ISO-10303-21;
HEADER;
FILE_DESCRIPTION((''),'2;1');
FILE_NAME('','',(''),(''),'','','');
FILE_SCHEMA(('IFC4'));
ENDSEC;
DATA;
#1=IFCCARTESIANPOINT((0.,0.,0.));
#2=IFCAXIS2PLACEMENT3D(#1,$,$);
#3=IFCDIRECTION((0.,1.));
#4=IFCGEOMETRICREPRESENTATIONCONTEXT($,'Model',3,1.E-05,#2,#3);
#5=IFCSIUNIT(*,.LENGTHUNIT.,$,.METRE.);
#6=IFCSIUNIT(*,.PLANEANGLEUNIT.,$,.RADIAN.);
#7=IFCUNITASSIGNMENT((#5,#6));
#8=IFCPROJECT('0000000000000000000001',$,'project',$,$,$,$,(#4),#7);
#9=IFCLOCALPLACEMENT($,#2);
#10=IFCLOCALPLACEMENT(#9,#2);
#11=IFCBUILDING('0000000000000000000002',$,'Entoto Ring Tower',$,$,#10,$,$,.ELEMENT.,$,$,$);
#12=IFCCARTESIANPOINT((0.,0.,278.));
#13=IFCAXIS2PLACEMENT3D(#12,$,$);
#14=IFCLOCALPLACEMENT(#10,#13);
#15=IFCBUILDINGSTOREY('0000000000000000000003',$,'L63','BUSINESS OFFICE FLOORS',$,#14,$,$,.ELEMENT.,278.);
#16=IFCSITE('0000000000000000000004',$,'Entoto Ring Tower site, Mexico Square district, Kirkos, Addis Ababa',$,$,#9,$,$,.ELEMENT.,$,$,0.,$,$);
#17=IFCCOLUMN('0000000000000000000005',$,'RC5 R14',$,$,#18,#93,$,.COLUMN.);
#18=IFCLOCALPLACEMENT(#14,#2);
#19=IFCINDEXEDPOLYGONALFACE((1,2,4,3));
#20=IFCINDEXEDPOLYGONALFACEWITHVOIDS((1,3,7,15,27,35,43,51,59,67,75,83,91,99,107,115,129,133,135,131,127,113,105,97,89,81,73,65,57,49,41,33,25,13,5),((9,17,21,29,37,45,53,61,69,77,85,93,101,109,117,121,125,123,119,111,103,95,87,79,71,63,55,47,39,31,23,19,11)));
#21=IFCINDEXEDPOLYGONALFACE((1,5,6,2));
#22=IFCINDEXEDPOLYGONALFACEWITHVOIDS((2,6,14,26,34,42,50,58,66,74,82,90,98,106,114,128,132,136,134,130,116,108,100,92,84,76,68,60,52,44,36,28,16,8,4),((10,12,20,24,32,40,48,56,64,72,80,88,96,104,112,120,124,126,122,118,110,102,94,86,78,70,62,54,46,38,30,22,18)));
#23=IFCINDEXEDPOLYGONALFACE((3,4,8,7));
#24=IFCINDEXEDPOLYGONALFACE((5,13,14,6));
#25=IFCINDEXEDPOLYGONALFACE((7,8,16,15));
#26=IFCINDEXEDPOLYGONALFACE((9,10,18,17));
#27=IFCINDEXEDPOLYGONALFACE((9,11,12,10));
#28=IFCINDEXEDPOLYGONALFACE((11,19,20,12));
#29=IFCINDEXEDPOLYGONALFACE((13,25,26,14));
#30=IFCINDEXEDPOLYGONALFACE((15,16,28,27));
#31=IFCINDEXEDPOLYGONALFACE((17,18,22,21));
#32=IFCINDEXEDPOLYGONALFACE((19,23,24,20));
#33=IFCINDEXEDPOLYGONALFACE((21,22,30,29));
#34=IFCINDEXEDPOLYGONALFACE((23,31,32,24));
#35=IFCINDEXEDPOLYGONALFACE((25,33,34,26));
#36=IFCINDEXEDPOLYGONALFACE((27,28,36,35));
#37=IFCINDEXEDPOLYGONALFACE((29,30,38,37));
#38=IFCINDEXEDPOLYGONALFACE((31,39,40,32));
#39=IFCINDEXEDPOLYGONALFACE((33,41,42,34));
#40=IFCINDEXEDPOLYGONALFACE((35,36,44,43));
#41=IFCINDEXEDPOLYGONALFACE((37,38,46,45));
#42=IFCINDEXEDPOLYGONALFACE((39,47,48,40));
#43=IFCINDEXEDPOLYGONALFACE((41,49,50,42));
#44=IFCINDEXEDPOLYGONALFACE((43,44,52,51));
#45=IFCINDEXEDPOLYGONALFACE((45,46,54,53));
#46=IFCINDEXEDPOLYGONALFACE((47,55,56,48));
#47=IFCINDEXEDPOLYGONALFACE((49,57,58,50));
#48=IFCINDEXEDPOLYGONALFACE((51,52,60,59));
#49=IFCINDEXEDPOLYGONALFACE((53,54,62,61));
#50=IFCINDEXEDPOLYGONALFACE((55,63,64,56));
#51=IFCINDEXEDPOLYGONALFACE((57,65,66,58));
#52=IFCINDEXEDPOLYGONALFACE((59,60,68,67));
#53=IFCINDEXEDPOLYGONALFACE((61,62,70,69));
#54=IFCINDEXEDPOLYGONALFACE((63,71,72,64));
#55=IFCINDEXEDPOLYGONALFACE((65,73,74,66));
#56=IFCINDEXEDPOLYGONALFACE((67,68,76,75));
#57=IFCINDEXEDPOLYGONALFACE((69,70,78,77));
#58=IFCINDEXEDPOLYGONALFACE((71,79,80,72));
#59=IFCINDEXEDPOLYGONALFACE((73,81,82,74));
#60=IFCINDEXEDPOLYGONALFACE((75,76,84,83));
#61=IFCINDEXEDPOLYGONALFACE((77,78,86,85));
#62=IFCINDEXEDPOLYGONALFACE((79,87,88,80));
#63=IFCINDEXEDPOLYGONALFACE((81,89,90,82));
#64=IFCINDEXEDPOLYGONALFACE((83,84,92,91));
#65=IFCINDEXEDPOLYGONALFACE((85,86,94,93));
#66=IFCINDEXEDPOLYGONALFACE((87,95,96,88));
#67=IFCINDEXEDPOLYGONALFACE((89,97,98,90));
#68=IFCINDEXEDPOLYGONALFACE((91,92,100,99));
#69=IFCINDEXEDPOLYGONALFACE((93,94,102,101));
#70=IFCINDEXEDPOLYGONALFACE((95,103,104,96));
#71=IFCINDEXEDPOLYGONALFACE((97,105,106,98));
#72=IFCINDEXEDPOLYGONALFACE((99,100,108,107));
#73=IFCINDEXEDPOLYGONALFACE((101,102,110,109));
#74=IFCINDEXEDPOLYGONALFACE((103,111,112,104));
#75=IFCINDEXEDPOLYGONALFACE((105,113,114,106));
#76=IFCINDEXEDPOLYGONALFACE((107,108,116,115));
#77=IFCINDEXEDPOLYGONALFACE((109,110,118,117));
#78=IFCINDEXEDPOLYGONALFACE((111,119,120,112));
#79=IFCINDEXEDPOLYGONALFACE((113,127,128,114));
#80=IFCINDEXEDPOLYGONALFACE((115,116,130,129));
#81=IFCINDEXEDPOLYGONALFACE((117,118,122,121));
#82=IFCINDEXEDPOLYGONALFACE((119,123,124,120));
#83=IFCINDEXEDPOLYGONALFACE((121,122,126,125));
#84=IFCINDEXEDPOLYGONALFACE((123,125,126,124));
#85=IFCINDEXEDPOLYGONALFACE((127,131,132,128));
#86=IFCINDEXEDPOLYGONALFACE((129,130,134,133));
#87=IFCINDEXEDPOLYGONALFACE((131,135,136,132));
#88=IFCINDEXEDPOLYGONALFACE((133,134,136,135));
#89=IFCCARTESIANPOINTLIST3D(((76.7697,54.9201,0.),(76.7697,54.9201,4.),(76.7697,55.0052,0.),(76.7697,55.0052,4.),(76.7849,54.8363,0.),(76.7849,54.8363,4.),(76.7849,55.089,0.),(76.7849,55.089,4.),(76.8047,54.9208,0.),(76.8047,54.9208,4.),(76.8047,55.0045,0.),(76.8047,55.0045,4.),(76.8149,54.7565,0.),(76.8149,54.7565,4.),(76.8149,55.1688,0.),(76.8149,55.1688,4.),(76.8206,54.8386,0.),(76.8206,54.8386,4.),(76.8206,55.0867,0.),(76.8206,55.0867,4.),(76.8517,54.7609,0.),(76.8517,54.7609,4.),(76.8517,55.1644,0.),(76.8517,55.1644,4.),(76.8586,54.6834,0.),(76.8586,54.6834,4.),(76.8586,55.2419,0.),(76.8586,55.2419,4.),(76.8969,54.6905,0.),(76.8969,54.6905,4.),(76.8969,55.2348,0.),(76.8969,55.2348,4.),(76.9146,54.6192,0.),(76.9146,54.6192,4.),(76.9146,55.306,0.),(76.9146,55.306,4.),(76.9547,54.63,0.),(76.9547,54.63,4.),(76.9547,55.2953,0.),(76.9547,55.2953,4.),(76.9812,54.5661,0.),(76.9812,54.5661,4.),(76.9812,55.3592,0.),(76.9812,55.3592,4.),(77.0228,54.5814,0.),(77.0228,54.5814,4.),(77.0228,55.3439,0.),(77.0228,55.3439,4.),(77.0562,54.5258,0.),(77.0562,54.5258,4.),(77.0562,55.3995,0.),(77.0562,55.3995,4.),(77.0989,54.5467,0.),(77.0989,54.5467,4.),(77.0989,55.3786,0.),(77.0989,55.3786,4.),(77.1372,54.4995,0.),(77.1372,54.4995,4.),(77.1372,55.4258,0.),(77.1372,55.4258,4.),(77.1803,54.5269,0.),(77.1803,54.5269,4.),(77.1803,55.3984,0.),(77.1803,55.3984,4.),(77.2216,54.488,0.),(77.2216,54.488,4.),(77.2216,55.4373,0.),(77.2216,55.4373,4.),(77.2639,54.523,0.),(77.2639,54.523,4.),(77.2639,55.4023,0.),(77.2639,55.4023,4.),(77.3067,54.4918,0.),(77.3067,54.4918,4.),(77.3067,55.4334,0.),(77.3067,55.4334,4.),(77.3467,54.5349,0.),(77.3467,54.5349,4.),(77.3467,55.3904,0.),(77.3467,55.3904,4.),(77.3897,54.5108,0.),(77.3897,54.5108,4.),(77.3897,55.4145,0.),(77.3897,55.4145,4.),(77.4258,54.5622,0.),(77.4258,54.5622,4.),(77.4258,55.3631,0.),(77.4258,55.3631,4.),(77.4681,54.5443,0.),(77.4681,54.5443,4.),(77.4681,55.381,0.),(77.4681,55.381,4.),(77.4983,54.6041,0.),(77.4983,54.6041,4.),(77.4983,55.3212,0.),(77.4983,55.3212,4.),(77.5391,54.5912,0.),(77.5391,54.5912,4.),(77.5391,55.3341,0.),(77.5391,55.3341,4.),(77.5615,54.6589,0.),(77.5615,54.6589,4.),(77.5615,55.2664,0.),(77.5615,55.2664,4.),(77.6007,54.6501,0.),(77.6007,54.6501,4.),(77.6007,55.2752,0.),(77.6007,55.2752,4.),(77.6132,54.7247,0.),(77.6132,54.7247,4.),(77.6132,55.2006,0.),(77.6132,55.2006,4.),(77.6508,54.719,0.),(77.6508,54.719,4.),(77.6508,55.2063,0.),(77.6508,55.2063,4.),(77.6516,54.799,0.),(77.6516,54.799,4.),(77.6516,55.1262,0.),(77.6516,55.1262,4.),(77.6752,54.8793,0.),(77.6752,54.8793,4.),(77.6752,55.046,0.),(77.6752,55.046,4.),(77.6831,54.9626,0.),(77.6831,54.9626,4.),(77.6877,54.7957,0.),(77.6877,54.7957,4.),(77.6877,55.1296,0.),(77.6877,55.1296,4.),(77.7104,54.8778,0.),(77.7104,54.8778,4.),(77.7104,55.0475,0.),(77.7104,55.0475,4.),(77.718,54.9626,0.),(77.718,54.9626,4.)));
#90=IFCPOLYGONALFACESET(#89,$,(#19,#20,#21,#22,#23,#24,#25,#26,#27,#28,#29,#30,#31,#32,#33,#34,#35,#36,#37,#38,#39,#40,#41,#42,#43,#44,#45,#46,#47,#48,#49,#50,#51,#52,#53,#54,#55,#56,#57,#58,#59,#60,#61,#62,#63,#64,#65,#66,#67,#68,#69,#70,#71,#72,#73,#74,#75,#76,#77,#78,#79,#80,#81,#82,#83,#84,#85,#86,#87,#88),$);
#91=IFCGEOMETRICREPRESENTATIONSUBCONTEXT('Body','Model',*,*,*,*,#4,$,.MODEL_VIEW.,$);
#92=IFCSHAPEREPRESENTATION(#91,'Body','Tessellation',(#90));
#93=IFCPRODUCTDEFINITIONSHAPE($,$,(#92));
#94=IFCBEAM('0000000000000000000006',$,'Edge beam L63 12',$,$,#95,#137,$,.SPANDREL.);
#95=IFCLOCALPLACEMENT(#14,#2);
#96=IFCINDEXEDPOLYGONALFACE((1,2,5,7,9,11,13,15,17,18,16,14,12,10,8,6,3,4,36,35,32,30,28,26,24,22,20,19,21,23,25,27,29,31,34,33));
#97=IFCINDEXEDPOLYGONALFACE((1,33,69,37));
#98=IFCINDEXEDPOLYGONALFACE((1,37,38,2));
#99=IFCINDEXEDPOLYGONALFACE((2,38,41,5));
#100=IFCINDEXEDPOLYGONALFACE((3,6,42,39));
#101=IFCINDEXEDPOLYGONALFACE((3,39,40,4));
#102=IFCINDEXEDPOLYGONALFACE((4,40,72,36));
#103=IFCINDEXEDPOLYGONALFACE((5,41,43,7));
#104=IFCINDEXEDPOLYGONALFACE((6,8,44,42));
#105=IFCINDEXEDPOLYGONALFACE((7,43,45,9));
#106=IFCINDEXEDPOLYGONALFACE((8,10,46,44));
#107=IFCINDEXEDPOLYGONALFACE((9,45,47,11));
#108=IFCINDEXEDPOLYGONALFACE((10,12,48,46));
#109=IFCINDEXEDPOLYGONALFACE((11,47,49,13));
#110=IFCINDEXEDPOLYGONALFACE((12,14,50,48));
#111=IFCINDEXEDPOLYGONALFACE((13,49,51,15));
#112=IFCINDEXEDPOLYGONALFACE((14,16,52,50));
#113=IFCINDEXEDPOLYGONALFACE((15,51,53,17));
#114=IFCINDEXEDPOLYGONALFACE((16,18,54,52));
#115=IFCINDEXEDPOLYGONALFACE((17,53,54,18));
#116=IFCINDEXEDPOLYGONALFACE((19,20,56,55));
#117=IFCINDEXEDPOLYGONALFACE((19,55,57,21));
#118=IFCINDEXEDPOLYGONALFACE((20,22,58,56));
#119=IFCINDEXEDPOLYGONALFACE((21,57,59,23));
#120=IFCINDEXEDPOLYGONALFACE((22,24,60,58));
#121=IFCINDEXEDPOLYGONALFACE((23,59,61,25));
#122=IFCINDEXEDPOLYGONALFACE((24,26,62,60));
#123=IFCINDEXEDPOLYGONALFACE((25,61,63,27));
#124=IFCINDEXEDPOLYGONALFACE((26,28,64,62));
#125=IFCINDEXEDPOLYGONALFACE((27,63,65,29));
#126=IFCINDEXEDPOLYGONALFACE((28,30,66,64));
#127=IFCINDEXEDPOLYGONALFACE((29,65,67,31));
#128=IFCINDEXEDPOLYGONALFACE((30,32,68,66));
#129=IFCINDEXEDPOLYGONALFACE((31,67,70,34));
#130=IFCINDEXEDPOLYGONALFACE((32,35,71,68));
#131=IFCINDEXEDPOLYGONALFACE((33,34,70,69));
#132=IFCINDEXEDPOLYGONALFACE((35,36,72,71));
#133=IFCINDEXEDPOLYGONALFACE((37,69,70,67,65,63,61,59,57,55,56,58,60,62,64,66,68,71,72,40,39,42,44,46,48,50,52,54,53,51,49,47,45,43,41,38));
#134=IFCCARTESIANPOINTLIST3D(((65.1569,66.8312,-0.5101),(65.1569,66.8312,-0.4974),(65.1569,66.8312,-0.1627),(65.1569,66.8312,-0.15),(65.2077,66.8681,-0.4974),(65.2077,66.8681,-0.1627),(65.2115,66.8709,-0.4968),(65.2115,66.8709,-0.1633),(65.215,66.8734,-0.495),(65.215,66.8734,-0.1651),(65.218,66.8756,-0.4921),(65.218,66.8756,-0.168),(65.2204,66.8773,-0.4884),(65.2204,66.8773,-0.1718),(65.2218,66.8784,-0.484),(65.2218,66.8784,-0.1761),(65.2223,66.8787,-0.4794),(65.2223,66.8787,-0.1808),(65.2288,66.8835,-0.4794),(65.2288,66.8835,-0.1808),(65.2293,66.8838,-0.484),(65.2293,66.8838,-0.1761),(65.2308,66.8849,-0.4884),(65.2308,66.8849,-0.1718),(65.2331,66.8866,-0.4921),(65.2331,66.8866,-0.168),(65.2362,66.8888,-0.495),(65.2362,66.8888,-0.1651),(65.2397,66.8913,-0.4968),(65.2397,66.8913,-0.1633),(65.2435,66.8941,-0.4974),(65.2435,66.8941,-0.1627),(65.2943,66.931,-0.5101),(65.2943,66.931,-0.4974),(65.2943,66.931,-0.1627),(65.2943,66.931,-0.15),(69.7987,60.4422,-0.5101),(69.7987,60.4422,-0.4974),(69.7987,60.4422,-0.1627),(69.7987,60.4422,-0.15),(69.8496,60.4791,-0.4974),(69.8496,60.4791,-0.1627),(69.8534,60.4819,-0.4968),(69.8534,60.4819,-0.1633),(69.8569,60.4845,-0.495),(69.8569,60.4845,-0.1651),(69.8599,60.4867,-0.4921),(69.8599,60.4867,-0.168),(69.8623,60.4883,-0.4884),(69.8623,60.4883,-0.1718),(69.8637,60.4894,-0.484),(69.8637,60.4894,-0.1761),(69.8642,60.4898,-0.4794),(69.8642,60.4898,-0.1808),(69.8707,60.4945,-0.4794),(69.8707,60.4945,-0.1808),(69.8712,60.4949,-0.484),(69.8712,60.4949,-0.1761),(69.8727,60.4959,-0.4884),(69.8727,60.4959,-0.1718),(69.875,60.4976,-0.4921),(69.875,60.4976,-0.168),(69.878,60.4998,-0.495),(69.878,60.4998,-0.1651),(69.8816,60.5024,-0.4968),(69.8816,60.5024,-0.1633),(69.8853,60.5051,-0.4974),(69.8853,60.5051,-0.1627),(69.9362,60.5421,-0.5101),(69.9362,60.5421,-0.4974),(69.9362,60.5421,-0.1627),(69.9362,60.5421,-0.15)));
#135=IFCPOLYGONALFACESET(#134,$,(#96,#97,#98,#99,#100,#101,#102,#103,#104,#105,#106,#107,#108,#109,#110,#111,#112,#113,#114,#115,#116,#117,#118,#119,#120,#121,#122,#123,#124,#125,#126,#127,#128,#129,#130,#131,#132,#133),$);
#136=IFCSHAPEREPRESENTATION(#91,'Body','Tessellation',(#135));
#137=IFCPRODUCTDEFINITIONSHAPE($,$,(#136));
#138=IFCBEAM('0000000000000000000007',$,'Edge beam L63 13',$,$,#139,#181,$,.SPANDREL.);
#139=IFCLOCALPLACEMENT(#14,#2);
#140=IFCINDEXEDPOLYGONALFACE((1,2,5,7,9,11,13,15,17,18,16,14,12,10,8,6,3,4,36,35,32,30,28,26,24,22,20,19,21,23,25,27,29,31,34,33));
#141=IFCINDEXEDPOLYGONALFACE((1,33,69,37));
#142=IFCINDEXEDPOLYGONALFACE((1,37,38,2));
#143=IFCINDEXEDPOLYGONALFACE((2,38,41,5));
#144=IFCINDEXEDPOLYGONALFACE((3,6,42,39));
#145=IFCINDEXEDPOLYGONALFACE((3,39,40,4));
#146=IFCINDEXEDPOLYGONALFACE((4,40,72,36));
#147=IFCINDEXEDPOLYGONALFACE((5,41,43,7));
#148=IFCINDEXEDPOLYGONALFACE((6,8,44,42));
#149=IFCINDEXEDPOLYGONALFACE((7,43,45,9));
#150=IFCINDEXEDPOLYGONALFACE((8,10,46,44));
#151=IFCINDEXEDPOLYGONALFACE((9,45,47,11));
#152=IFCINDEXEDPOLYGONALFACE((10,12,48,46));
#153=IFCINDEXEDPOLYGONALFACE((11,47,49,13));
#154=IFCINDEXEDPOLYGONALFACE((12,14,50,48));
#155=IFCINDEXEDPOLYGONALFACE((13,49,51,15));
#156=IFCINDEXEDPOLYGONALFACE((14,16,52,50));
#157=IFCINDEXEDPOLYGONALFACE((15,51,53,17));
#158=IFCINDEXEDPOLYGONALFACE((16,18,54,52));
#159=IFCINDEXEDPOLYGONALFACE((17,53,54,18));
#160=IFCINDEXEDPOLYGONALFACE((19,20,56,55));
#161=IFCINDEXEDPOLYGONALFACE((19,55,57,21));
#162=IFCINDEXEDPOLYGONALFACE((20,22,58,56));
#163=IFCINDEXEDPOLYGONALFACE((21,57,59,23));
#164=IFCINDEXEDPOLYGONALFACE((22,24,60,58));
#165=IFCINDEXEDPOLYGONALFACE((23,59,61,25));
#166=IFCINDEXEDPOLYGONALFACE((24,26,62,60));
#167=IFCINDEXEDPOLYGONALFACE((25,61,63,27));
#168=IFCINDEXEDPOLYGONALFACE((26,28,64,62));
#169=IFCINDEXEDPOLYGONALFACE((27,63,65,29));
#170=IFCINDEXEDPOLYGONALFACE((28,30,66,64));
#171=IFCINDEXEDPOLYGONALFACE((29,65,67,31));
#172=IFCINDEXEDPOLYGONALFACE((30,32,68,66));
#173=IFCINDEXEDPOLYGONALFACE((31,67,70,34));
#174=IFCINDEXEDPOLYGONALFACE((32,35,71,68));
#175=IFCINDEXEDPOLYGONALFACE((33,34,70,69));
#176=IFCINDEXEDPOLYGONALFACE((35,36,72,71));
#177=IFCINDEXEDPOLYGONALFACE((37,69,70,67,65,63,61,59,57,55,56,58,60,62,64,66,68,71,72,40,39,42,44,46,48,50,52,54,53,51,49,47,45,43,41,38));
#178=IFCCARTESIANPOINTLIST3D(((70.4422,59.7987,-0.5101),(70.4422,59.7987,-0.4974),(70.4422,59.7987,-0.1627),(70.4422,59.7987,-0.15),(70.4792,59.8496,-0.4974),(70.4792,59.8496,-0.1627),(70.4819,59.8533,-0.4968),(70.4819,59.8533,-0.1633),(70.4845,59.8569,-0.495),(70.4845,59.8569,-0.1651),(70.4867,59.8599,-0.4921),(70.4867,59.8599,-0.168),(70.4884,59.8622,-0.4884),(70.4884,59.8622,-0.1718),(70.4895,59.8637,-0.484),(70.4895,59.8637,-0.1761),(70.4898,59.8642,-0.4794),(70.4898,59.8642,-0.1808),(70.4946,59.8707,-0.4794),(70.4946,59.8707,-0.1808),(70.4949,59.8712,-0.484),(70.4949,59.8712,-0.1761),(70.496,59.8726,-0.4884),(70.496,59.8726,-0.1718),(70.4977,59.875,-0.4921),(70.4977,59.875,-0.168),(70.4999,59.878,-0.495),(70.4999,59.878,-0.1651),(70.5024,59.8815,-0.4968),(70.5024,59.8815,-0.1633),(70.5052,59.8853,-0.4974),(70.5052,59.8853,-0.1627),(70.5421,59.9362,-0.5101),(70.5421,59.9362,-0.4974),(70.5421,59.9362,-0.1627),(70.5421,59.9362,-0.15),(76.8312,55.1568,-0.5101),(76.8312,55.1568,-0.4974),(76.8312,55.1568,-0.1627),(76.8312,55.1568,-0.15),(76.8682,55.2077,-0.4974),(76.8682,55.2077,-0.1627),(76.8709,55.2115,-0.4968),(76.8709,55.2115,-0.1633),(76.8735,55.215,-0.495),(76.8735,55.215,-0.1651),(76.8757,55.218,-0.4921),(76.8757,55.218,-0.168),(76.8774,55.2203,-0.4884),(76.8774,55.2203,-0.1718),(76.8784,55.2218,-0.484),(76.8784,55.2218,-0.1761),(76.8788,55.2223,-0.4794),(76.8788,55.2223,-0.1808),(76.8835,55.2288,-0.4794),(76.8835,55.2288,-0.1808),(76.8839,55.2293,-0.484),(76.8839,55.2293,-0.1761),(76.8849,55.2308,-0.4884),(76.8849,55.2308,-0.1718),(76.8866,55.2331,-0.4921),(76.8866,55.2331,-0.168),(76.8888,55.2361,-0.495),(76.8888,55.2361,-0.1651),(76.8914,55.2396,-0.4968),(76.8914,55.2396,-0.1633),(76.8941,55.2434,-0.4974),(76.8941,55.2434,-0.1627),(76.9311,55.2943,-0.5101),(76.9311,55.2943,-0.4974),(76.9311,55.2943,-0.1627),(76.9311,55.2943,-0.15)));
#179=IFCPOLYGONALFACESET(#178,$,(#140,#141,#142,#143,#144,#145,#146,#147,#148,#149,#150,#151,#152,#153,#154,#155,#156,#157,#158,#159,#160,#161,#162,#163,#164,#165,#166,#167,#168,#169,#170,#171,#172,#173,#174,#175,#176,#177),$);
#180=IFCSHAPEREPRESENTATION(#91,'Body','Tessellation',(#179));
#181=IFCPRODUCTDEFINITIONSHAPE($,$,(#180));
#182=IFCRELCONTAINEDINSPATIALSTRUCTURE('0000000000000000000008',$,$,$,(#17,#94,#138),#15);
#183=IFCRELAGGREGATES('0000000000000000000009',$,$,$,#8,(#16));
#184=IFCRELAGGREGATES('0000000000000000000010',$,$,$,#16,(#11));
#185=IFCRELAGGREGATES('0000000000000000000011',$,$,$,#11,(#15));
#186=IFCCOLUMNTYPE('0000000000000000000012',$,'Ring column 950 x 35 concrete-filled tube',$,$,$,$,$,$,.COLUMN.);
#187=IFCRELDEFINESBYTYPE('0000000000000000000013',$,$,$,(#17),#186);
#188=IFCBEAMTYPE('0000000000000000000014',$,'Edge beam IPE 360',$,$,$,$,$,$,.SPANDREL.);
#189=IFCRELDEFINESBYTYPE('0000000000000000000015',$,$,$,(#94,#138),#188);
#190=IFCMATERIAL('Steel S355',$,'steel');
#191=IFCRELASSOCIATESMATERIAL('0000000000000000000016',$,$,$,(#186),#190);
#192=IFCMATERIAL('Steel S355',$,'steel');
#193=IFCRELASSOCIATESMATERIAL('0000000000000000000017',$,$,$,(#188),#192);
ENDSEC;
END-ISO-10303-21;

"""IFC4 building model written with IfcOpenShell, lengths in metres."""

from ifc_helpers import new_model, si_unit, direction, frame, origin, origin_2d, place, context, subcontext, project, spatial, circle, hollow_circle, i_section, extrude, material, material_profile, profile_set, type_object, element, save


model = new_model("IFC4")

# Units and contexts
model_context = context("Model", 3, precision=1e-05, world=origin(), true_north=direction((0.0, 1.0)))
body_context = subcontext(model_context, "Body", "Model", "MODEL_VIEW")
ifc_project = project(units=[si_unit("LENGTHUNIT", "METRE"), si_unit("PLANEANGLEUNIT", "RADIAN")], contexts=[model_context])

# Site, building, storey
site_placement = place(None, origin())
site = spatial("IfcSite", under=ifc_project, at=site_placement, Name="Entoto Ring Tower site, Mexico Square district, Kirkos, Addis Ababa", CompositionType="ELEMENT", RefElevation=0.0)
building_placement = place(site_placement, origin())
building = spatial("IfcBuilding", under=site, at=building_placement, Name="Entoto Ring Tower", CompositionType="ELEMENT")
storey_placement = place(building_placement, frame((0.0, 0.0, 278.0)))
storey = spatial("IfcBuildingStorey", under=building, at=storey_placement, Name="L63", Description="BUSINESS OFFICE FLOORS", CompositionType="ELEMENT", Elevation=278.0)

# Column
ifc_material_1 = material(Name="Steel S355", Category="steel")
ifc_material_profile_1 = material_profile(ifc_material_1, hollow_circle(Radius=0.4751, WallThickness=0.0349, at=origin_2d()), Name="CHS 950 x 35")
ifc_material_2 = material(Name="Concrete C60/75", Category="concrete")
ifc_material_profile_2 = material_profile(ifc_material_2, circle(Radius=0.4399, at=origin_2d()), Name="Concrete C60/75 infill")
ifc_profile_set_1 = profile_set([ifc_material_profile_1, ifc_material_profile_2], Name="Steel S355")
column_type = type_object("IfcColumnType", Name="Ring column 950 x 35 concrete-filled tube", PredefinedType="COLUMN", material=ifc_profile_set_1)
for number, where, z_axis, x_axis, name in (
    (1, (77.2429, 54.9626, 0.0), (0.0, 0.0, 1.0), (1.0, 0.0, 0.0), "RC5 R14"),
):
    element("IfcColumn", number, at=place(storey_placement, frame(where, z_axis=z_axis, x_axis=x_axis)), inside=storey, type_object=column_type, Name=name, PredefinedType="COLUMN", context=body_context, shape_type="SweptSolid", body=[
        extrude(hollow_circle(Radius=0.4751, WallThickness=0.0349, at=origin_2d()), origin(), (0.0, 0.0, 1.0), 4.0),
    ])

# Beams
ifc_material_3 = material(Name="Steel S355", Category="steel")
ifc_material_profile_3 = material_profile(ifc_material_3, i_section(OverallWidth=0.1699, OverallDepth=0.3601, WebThickness=0.0081, FlangeThickness=0.0127, FilletRadius=0.0181, at=origin_2d()), Name="IPE 360")
ifc_profile_set_2 = profile_set([ifc_material_profile_3], Name="Steel S355")
beam_type_1 = type_object("IfcBeamType", Name="Edge beam IPE 360", PredefinedType="SPANDREL", material=ifc_profile_set_2)
for number, where, z_axis, x_axis, name in (
    (2, (65.2256, 66.8811, -0.3301), (0.587787, -0.809015, 0.0), (0.809015, 0.587787, 0.0), "Edge beam L63 12"),
    (3, (70.4922, 59.8674, -0.3301), (0.809015, -0.587787, 0.0), (0.587787, 0.809015, 0.0), "Edge beam L63 13"),
):
    element("IfcBeam", number, at=place(storey_placement, frame(where, z_axis=z_axis, x_axis=x_axis)), inside=storey, type_object=beam_type_1, Name=name, PredefinedType="SPANDREL", context=body_context, shape_type="SweptSolid", body=[
        extrude(i_section(OverallWidth=0.1699, OverallDepth=0.3601, WebThickness=0.0081, FlangeThickness=0.0127, FilletRadius=0.0181, at=origin_2d()), origin(), (0.0, 0.0, 1.0), 7.8972),
    ])

save(model, "model.ifc")
